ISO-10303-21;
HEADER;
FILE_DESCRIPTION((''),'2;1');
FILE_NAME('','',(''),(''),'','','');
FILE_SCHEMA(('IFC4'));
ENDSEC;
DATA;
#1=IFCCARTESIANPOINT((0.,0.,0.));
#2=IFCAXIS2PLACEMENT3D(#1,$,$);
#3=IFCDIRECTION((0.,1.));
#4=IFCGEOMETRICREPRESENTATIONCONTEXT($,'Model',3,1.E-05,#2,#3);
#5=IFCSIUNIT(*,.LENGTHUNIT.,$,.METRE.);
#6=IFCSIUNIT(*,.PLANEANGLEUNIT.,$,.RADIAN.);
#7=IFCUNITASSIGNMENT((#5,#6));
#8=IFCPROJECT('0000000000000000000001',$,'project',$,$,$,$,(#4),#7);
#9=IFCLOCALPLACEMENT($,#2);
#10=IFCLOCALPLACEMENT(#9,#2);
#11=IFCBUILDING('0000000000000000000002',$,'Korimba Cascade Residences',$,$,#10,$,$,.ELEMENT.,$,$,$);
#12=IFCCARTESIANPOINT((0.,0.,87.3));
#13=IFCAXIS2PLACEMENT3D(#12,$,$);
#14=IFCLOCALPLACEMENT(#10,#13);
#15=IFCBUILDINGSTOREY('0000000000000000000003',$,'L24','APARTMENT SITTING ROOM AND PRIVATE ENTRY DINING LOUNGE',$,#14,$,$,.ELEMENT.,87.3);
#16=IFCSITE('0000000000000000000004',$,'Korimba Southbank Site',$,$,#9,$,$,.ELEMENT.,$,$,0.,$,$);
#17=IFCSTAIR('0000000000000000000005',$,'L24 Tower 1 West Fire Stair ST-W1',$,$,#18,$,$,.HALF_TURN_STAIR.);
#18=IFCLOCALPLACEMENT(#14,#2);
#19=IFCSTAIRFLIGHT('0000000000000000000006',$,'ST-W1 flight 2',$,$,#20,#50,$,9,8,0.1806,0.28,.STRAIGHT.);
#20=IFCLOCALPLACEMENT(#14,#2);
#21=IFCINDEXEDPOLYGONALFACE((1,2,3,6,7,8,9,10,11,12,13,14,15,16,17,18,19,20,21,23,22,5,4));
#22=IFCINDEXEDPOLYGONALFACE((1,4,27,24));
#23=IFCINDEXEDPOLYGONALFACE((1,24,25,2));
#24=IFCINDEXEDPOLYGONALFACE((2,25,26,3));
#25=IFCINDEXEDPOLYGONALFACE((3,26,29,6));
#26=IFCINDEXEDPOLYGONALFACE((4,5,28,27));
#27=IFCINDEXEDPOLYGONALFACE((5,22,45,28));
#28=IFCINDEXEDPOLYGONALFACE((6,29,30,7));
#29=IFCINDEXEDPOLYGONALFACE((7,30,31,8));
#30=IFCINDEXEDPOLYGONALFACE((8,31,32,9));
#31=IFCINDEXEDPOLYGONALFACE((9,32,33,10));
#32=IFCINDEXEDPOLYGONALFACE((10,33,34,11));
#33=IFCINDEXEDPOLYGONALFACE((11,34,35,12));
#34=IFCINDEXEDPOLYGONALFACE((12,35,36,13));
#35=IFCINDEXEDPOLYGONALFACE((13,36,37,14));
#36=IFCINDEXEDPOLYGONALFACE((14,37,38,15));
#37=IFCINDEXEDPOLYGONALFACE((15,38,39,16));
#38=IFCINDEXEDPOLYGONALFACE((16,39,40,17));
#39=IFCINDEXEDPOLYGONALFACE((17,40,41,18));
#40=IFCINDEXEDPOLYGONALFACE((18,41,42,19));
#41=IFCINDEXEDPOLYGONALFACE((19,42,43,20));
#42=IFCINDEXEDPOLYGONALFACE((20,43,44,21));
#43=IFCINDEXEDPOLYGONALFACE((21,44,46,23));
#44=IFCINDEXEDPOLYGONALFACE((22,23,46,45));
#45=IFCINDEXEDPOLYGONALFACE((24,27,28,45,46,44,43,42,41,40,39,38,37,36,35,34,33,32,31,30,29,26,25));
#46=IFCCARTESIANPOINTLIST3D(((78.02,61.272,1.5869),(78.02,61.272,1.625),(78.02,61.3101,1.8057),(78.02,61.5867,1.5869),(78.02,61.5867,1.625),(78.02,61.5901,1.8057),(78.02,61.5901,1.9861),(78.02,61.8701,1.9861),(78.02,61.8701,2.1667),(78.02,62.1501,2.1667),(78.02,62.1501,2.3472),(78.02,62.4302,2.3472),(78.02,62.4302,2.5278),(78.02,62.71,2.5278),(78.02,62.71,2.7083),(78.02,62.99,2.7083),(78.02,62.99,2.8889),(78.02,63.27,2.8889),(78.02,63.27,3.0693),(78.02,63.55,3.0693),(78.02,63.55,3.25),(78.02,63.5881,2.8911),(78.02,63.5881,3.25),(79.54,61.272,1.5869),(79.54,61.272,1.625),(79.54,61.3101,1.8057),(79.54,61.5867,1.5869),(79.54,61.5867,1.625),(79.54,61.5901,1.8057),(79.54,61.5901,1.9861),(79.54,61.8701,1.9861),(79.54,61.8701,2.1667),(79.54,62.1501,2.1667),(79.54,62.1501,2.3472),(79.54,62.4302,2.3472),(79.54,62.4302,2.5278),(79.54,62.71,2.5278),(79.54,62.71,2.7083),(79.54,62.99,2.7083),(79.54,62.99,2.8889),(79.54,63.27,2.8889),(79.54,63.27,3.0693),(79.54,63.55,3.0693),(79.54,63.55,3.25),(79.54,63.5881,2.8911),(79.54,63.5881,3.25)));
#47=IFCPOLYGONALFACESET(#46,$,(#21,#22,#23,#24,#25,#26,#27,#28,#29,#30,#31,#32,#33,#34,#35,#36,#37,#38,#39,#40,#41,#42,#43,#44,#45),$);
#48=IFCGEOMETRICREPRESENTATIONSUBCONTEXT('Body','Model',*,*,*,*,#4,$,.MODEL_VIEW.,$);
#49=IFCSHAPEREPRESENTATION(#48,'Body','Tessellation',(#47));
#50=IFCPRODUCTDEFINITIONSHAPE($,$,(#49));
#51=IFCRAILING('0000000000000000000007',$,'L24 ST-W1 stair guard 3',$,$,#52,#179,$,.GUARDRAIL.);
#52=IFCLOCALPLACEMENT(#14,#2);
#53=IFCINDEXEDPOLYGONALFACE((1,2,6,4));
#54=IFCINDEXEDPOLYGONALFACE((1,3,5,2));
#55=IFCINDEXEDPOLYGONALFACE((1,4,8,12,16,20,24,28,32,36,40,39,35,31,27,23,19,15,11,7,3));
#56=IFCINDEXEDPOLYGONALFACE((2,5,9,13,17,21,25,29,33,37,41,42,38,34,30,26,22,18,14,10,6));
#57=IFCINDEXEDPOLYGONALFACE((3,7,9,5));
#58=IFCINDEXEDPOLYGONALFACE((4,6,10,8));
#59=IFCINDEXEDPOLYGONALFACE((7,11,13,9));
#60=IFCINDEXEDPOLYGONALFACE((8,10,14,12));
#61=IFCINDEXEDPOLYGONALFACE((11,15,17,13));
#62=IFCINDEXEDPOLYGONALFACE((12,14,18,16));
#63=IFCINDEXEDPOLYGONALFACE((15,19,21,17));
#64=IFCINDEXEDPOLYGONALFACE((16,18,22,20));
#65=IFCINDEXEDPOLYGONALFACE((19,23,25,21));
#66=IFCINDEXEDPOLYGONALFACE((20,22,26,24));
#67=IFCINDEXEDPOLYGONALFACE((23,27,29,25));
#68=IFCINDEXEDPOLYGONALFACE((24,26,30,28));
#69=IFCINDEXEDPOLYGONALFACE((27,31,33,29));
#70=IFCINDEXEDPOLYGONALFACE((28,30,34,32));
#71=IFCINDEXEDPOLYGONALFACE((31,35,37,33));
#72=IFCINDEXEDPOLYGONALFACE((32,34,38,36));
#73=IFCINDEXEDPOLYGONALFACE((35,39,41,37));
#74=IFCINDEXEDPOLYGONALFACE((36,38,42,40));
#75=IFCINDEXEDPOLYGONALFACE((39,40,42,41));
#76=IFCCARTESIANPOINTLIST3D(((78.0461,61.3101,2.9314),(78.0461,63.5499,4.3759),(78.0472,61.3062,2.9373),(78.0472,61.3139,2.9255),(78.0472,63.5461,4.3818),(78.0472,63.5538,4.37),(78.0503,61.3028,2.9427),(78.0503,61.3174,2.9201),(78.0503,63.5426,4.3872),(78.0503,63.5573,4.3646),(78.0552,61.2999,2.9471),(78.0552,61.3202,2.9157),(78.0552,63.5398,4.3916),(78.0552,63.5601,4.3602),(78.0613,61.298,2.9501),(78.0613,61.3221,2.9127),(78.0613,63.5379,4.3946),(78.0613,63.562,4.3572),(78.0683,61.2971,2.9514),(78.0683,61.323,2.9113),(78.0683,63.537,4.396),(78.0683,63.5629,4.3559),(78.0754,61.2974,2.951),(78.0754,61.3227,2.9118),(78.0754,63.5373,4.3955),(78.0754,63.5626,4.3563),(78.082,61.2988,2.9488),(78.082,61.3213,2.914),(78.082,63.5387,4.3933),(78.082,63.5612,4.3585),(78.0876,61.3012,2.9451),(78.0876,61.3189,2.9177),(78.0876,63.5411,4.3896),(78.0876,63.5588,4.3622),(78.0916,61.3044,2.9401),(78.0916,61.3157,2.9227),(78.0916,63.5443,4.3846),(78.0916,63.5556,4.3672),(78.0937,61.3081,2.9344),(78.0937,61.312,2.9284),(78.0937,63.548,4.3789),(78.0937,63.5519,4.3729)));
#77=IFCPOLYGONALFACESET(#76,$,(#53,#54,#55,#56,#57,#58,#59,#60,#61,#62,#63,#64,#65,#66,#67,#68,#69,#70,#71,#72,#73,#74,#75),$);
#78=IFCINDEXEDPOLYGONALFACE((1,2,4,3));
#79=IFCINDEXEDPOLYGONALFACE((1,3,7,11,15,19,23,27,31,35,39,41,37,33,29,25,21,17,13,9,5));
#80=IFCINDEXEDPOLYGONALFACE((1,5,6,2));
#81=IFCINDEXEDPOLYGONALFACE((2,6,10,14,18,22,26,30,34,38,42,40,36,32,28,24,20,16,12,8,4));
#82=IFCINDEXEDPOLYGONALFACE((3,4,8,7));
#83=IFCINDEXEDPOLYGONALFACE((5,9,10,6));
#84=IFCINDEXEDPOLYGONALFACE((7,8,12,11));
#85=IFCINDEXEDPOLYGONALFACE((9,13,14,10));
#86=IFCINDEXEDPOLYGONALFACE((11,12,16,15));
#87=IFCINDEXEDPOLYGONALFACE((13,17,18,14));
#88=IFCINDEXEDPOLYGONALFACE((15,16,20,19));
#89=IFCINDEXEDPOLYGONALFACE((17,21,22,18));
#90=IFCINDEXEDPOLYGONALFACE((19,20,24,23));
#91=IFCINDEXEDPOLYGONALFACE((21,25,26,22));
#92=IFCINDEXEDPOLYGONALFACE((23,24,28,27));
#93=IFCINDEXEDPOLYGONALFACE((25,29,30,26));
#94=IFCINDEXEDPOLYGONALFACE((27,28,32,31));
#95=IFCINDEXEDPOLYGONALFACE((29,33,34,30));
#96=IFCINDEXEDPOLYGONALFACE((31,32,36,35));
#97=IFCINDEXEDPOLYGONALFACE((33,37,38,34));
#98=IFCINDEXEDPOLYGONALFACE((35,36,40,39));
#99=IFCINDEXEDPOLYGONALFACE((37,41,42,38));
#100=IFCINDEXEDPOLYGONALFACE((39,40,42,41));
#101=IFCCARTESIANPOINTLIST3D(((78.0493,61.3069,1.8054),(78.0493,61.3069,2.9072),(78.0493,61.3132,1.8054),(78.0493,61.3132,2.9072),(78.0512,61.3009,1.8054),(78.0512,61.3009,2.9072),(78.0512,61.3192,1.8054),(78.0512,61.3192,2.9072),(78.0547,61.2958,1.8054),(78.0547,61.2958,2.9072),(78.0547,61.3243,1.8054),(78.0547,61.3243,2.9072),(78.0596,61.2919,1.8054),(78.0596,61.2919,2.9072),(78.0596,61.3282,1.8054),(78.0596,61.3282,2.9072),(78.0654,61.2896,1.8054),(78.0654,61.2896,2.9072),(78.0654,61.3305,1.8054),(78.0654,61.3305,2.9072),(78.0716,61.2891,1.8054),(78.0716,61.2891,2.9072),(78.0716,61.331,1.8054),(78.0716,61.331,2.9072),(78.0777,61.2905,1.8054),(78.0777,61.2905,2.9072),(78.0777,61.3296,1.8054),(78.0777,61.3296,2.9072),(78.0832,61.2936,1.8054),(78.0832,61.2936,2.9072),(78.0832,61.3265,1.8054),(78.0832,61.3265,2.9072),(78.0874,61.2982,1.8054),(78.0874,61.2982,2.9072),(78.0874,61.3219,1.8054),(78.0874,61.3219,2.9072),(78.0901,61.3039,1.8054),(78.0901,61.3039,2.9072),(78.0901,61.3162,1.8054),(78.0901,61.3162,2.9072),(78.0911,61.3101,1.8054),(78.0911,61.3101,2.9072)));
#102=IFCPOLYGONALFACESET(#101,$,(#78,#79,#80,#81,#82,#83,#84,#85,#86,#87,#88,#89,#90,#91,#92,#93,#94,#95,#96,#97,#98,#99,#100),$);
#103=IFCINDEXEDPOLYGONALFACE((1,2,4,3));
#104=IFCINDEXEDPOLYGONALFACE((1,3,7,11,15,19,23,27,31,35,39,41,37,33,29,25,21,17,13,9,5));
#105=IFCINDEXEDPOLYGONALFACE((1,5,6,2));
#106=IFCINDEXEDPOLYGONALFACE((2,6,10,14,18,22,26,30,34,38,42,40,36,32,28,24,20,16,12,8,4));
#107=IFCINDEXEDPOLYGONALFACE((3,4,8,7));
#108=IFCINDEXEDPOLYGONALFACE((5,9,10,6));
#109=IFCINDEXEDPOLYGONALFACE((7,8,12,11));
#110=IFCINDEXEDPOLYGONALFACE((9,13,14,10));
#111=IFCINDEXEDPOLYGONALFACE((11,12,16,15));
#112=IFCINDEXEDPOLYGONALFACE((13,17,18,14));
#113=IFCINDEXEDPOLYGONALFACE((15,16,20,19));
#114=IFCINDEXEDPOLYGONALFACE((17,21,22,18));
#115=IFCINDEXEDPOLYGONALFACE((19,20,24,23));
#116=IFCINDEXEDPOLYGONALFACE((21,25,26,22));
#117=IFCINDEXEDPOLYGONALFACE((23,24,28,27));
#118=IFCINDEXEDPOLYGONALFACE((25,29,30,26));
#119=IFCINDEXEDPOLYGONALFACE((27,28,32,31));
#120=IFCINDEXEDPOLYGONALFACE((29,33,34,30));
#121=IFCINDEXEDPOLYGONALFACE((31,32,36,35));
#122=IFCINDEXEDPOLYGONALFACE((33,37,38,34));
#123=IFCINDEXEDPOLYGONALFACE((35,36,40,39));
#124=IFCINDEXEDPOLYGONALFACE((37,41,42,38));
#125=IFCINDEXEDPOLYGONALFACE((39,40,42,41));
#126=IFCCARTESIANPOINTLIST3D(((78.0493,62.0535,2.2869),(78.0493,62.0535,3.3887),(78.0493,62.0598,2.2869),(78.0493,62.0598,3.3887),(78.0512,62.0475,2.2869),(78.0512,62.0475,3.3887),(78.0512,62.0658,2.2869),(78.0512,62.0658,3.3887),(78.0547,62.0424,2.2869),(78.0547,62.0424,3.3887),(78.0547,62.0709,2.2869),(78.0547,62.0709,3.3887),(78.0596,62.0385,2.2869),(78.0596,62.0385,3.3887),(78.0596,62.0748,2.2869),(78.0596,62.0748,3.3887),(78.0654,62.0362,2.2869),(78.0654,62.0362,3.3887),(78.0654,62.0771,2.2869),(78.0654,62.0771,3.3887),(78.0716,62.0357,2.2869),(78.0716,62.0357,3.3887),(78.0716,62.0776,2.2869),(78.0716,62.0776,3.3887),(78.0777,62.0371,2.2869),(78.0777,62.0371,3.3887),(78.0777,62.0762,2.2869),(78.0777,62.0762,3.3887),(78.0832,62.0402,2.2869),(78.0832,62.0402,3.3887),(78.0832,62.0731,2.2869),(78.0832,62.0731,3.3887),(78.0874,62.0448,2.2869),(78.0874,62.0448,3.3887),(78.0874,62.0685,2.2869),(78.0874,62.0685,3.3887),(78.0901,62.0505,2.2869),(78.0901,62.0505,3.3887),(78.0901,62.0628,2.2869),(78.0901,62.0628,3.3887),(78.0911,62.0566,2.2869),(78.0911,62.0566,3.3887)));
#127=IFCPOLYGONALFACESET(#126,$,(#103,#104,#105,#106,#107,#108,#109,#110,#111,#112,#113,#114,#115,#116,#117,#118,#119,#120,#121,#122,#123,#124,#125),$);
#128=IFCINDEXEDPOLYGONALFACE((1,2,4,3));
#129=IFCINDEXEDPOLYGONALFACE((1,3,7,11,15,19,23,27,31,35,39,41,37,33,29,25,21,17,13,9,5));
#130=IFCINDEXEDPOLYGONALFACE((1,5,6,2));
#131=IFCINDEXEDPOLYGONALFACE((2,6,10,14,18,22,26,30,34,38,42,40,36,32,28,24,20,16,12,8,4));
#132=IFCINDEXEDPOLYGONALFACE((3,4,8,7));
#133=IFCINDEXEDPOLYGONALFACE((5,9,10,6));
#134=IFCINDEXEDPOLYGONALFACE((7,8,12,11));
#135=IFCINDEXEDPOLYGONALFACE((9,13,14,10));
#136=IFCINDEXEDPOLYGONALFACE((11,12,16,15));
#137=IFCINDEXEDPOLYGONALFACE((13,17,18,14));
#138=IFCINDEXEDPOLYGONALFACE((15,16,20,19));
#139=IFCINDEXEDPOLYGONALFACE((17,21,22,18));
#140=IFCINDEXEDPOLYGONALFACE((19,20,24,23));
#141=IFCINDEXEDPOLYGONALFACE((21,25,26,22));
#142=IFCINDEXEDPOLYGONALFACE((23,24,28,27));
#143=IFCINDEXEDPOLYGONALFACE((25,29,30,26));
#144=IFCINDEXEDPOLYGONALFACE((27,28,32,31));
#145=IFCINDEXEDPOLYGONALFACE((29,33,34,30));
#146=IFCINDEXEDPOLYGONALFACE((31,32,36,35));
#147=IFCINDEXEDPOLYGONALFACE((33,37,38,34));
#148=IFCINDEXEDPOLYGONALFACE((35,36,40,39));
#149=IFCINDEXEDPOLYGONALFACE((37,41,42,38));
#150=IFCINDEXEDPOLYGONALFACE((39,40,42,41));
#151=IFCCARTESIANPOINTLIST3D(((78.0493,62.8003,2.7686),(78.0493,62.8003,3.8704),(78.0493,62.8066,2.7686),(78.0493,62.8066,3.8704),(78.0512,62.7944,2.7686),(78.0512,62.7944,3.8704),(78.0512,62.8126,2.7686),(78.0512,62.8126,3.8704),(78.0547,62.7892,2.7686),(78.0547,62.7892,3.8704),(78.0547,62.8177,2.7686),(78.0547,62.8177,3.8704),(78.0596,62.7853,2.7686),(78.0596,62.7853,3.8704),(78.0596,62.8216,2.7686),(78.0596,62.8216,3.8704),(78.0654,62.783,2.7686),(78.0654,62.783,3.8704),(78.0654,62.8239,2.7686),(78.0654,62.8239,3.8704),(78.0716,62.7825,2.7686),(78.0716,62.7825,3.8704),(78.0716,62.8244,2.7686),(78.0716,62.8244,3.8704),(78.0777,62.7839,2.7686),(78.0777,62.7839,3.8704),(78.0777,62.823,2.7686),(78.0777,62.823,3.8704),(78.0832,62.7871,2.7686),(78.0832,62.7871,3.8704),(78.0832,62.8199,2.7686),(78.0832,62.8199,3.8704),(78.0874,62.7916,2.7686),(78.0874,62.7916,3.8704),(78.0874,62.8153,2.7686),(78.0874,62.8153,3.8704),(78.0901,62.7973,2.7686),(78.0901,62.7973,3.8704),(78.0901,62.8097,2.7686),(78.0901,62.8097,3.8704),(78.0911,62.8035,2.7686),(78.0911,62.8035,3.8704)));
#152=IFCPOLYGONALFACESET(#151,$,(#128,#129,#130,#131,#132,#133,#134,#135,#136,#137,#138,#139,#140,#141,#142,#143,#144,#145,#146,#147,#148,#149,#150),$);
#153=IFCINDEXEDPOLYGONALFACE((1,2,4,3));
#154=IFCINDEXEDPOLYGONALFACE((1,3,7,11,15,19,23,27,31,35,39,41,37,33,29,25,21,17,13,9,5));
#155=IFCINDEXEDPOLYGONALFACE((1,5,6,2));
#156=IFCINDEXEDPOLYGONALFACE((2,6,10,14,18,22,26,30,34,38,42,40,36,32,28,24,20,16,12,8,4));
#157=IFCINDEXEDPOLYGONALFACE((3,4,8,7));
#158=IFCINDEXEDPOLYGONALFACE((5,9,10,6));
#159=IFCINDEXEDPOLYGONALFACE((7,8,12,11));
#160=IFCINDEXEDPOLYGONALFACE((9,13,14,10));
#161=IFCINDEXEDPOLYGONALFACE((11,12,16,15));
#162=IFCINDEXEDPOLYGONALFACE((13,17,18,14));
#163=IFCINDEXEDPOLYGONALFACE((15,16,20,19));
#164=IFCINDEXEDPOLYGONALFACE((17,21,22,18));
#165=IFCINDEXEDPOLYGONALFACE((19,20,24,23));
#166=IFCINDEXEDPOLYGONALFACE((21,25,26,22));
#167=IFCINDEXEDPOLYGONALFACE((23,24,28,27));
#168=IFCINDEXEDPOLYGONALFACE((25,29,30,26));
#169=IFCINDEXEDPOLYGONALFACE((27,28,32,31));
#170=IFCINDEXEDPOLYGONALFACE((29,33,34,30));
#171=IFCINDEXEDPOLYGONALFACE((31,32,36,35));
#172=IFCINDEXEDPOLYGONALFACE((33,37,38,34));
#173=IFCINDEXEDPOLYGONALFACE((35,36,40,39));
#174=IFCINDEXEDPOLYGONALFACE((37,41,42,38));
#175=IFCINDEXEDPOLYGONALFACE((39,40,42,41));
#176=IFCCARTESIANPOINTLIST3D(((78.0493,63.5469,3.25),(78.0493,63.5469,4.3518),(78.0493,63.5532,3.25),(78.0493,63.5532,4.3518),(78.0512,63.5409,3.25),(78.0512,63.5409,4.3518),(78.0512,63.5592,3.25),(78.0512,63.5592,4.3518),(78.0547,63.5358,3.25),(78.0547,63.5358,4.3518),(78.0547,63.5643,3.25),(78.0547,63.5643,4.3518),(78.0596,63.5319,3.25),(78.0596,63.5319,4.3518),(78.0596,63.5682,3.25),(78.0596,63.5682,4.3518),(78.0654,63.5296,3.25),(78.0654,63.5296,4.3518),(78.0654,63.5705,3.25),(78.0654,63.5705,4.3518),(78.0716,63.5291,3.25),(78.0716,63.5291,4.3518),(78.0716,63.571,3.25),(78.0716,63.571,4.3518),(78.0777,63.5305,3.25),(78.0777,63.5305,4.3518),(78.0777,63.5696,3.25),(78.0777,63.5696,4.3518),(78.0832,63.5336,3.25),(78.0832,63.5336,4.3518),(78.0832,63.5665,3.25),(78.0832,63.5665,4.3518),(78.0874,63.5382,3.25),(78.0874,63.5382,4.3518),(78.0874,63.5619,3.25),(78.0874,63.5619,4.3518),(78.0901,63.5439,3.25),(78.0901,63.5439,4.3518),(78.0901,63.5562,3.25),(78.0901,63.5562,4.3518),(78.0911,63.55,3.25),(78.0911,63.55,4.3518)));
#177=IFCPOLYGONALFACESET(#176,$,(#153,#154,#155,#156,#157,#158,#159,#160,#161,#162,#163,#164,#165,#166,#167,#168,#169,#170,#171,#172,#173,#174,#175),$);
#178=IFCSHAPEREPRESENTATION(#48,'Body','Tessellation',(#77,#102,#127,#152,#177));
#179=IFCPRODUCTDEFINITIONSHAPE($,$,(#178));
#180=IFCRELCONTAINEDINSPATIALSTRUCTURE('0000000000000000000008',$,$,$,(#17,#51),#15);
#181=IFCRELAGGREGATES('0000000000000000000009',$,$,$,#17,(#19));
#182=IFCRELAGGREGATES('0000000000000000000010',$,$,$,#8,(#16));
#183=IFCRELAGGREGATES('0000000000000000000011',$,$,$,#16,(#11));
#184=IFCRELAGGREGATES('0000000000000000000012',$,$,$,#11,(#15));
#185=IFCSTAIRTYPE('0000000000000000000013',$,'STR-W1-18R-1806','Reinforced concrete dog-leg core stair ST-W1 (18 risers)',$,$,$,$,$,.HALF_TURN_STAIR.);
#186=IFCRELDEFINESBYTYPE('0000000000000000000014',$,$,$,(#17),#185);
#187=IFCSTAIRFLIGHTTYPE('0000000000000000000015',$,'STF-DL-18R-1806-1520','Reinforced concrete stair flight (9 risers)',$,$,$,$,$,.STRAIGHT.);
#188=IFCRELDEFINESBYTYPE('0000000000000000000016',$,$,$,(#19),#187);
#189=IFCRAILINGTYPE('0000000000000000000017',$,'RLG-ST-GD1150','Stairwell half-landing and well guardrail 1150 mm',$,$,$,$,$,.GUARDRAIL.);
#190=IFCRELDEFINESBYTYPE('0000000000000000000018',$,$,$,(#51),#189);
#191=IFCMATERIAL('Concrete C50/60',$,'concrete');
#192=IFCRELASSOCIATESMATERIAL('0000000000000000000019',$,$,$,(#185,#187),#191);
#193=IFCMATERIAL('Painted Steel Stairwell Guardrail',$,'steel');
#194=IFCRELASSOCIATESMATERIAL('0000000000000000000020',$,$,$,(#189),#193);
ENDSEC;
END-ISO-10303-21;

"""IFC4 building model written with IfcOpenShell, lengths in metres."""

from ifc_helpers import new_model, si_unit, direction, frame, origin, origin_2d, place, context, subcontext, project, spatial, polyline, circle, outline, extrude, material, type_object, element, aggregate, save


model = new_model("IFC4")

# Units and contexts
model_context = context("Model", 3, precision=1e-05, world=origin(), true_north=direction((0.0, 1.0)))
body_context = subcontext(model_context, "Body", "Model", "MODEL_VIEW")
ifc_project = project(units=[si_unit("LENGTHUNIT", "METRE"), si_unit("PLANEANGLEUNIT", "RADIAN")], contexts=[model_context])

# Site, building, storey
site_placement = place(None, origin())
site = spatial("IfcSite", under=ifc_project, at=site_placement, Name="Korimba Southbank Site", CompositionType="ELEMENT", RefElevation=0.0)
building_placement = place(site_placement, origin())
building = spatial("IfcBuilding", under=site, at=building_placement, Name="Korimba Cascade Residences", CompositionType="ELEMENT")
storey_placement = place(building_placement, frame((0.0, 0.0, 87.3)))
storey = spatial("IfcBuildingStorey", under=building, at=storey_placement, Name="L24", Description="APARTMENT SITTING ROOM AND PRIVATE ENTRY DINING LOUNGE", CompositionType="ELEMENT", Elevation=87.3)

# Shared definitions
ifc_material_1 = material(Name="Concrete C50/60", Category="concrete")

# Stair, stair flight
stair_type = type_object("IfcStairType", Name="STR-W1-18R-1806", Description="Reinforced concrete dog-leg core stair ST-W1 (18 risers)", PredefinedType="HALF_TURN_STAIR", material=ifc_material_1)
stair_placement = place(storey_placement, origin())
stair = element("IfcStair", 1, at=stair_placement, inside=storey, type_object=stair_type, Name="L24 Tower 1 West Fire Stair ST-W1", PredefinedType="HALF_TURN_STAIR")
stair_flight_type = type_object("IfcStairFlightType", Name="STF-DL-18R-1806-1520", Description="Reinforced concrete stair flight (9 risers)", PredefinedType="STRAIGHT", material=ifc_material_1)
stair_flight_placement = place(storey_placement, frame((78.78, 61.3101, 1.625), z_axis=(0.0, 0.0, 1.0), x_axis=(0.0, 1.0, 0.0)))
stair_flight = element("IfcStairFlight", 2, at=stair_flight_placement, type_object=stair_flight_type, Name="ST-W1 flight 2", NumberOfRisers=9, NumberOfTreads=8, PredefinedType="STRAIGHT", RiserHeight=0.1806, TreadLength=0.28, context=body_context, shape_type="SweptSolid", body=[
    extrude(outline(polyline([(-0.0381, 0.0), (0.0, 0.1807), (0.28, 0.1807), (0.28, 0.3611), (0.5601, 0.3611), (0.5601, 0.5417), (0.8401, 0.5417), (0.8401, 0.7222), (1.1201, 0.7222), (1.1201, 0.9028), (1.3999, 0.9028), (1.3999, 1.0833), (1.6799, 1.0833), (1.6799, 1.2639), (1.96, 1.2639), (1.96, 1.4443), (2.24, 1.4443), (2.24, 1.625), (2.2781, 1.625), (2.2781, 1.2661), (0.2766, 0.0), (0.2766, -0.0381), (-0.0381, -0.0381), (-0.0381, 0.0)])), frame((0.0, 0.76, 0.0), z_axis=(0.0, -1.0, 0.0), x_axis=(1.0, 0.0, 0.0)), (0.0, 0.0, 1.0), 1.52),
])
aggregate(stair, [stair_flight])

# Railing
ifc_material_2 = material(Name="Painted Steel Stairwell Guardrail", Category="steel")
railing_type_1 = type_object("IfcRailingType", Name="RLG-ST-GD1150", Description="Stairwell half-landing and well guardrail 1150 mm", PredefinedType="GUARDRAIL", material=ifc_material_2)
railing_1_placement = place(storey_placement, frame((78.0701, 61.3101, 1.8054)))
element("IfcRailing", 3, at=railing_1_placement, inside=storey, type_object=railing_type_1, Name="L24 ST-W1 stair guard 3", PredefinedType="GUARDRAIL", context=body_context, shape_type="SweptSolid", body=[
    extrude(circle(Radius=0.0239, at=origin_2d()), frame((0.0, 0.0, 1.126), z_axis=(0.0, 0.840395, 0.541975), x_axis=(-1.0, 0.0, 0.0)), (0.0, 0.0, 1.0), 2.6653),
    extrude(circle(Radius=0.021, at=origin_2d()), origin(), (0.0, 0.0, 1.0), 1.1018),
    extrude(circle(Radius=0.021, at=origin_2d()), frame((0.0, 0.7466, 0.4814)), (0.0, 0.0, 1.0), 1.1018),
    extrude(circle(Radius=0.021, at=origin_2d()), frame((0.0, 1.4934, 0.9631)), (0.0, 0.0, 1.0), 1.1018),
    extrude(circle(Radius=0.021, at=origin_2d()), frame((0.0, 2.24, 1.4446)), (0.0, 0.0, 1.0), 1.1018),
])

save(model, "model.ifc")
